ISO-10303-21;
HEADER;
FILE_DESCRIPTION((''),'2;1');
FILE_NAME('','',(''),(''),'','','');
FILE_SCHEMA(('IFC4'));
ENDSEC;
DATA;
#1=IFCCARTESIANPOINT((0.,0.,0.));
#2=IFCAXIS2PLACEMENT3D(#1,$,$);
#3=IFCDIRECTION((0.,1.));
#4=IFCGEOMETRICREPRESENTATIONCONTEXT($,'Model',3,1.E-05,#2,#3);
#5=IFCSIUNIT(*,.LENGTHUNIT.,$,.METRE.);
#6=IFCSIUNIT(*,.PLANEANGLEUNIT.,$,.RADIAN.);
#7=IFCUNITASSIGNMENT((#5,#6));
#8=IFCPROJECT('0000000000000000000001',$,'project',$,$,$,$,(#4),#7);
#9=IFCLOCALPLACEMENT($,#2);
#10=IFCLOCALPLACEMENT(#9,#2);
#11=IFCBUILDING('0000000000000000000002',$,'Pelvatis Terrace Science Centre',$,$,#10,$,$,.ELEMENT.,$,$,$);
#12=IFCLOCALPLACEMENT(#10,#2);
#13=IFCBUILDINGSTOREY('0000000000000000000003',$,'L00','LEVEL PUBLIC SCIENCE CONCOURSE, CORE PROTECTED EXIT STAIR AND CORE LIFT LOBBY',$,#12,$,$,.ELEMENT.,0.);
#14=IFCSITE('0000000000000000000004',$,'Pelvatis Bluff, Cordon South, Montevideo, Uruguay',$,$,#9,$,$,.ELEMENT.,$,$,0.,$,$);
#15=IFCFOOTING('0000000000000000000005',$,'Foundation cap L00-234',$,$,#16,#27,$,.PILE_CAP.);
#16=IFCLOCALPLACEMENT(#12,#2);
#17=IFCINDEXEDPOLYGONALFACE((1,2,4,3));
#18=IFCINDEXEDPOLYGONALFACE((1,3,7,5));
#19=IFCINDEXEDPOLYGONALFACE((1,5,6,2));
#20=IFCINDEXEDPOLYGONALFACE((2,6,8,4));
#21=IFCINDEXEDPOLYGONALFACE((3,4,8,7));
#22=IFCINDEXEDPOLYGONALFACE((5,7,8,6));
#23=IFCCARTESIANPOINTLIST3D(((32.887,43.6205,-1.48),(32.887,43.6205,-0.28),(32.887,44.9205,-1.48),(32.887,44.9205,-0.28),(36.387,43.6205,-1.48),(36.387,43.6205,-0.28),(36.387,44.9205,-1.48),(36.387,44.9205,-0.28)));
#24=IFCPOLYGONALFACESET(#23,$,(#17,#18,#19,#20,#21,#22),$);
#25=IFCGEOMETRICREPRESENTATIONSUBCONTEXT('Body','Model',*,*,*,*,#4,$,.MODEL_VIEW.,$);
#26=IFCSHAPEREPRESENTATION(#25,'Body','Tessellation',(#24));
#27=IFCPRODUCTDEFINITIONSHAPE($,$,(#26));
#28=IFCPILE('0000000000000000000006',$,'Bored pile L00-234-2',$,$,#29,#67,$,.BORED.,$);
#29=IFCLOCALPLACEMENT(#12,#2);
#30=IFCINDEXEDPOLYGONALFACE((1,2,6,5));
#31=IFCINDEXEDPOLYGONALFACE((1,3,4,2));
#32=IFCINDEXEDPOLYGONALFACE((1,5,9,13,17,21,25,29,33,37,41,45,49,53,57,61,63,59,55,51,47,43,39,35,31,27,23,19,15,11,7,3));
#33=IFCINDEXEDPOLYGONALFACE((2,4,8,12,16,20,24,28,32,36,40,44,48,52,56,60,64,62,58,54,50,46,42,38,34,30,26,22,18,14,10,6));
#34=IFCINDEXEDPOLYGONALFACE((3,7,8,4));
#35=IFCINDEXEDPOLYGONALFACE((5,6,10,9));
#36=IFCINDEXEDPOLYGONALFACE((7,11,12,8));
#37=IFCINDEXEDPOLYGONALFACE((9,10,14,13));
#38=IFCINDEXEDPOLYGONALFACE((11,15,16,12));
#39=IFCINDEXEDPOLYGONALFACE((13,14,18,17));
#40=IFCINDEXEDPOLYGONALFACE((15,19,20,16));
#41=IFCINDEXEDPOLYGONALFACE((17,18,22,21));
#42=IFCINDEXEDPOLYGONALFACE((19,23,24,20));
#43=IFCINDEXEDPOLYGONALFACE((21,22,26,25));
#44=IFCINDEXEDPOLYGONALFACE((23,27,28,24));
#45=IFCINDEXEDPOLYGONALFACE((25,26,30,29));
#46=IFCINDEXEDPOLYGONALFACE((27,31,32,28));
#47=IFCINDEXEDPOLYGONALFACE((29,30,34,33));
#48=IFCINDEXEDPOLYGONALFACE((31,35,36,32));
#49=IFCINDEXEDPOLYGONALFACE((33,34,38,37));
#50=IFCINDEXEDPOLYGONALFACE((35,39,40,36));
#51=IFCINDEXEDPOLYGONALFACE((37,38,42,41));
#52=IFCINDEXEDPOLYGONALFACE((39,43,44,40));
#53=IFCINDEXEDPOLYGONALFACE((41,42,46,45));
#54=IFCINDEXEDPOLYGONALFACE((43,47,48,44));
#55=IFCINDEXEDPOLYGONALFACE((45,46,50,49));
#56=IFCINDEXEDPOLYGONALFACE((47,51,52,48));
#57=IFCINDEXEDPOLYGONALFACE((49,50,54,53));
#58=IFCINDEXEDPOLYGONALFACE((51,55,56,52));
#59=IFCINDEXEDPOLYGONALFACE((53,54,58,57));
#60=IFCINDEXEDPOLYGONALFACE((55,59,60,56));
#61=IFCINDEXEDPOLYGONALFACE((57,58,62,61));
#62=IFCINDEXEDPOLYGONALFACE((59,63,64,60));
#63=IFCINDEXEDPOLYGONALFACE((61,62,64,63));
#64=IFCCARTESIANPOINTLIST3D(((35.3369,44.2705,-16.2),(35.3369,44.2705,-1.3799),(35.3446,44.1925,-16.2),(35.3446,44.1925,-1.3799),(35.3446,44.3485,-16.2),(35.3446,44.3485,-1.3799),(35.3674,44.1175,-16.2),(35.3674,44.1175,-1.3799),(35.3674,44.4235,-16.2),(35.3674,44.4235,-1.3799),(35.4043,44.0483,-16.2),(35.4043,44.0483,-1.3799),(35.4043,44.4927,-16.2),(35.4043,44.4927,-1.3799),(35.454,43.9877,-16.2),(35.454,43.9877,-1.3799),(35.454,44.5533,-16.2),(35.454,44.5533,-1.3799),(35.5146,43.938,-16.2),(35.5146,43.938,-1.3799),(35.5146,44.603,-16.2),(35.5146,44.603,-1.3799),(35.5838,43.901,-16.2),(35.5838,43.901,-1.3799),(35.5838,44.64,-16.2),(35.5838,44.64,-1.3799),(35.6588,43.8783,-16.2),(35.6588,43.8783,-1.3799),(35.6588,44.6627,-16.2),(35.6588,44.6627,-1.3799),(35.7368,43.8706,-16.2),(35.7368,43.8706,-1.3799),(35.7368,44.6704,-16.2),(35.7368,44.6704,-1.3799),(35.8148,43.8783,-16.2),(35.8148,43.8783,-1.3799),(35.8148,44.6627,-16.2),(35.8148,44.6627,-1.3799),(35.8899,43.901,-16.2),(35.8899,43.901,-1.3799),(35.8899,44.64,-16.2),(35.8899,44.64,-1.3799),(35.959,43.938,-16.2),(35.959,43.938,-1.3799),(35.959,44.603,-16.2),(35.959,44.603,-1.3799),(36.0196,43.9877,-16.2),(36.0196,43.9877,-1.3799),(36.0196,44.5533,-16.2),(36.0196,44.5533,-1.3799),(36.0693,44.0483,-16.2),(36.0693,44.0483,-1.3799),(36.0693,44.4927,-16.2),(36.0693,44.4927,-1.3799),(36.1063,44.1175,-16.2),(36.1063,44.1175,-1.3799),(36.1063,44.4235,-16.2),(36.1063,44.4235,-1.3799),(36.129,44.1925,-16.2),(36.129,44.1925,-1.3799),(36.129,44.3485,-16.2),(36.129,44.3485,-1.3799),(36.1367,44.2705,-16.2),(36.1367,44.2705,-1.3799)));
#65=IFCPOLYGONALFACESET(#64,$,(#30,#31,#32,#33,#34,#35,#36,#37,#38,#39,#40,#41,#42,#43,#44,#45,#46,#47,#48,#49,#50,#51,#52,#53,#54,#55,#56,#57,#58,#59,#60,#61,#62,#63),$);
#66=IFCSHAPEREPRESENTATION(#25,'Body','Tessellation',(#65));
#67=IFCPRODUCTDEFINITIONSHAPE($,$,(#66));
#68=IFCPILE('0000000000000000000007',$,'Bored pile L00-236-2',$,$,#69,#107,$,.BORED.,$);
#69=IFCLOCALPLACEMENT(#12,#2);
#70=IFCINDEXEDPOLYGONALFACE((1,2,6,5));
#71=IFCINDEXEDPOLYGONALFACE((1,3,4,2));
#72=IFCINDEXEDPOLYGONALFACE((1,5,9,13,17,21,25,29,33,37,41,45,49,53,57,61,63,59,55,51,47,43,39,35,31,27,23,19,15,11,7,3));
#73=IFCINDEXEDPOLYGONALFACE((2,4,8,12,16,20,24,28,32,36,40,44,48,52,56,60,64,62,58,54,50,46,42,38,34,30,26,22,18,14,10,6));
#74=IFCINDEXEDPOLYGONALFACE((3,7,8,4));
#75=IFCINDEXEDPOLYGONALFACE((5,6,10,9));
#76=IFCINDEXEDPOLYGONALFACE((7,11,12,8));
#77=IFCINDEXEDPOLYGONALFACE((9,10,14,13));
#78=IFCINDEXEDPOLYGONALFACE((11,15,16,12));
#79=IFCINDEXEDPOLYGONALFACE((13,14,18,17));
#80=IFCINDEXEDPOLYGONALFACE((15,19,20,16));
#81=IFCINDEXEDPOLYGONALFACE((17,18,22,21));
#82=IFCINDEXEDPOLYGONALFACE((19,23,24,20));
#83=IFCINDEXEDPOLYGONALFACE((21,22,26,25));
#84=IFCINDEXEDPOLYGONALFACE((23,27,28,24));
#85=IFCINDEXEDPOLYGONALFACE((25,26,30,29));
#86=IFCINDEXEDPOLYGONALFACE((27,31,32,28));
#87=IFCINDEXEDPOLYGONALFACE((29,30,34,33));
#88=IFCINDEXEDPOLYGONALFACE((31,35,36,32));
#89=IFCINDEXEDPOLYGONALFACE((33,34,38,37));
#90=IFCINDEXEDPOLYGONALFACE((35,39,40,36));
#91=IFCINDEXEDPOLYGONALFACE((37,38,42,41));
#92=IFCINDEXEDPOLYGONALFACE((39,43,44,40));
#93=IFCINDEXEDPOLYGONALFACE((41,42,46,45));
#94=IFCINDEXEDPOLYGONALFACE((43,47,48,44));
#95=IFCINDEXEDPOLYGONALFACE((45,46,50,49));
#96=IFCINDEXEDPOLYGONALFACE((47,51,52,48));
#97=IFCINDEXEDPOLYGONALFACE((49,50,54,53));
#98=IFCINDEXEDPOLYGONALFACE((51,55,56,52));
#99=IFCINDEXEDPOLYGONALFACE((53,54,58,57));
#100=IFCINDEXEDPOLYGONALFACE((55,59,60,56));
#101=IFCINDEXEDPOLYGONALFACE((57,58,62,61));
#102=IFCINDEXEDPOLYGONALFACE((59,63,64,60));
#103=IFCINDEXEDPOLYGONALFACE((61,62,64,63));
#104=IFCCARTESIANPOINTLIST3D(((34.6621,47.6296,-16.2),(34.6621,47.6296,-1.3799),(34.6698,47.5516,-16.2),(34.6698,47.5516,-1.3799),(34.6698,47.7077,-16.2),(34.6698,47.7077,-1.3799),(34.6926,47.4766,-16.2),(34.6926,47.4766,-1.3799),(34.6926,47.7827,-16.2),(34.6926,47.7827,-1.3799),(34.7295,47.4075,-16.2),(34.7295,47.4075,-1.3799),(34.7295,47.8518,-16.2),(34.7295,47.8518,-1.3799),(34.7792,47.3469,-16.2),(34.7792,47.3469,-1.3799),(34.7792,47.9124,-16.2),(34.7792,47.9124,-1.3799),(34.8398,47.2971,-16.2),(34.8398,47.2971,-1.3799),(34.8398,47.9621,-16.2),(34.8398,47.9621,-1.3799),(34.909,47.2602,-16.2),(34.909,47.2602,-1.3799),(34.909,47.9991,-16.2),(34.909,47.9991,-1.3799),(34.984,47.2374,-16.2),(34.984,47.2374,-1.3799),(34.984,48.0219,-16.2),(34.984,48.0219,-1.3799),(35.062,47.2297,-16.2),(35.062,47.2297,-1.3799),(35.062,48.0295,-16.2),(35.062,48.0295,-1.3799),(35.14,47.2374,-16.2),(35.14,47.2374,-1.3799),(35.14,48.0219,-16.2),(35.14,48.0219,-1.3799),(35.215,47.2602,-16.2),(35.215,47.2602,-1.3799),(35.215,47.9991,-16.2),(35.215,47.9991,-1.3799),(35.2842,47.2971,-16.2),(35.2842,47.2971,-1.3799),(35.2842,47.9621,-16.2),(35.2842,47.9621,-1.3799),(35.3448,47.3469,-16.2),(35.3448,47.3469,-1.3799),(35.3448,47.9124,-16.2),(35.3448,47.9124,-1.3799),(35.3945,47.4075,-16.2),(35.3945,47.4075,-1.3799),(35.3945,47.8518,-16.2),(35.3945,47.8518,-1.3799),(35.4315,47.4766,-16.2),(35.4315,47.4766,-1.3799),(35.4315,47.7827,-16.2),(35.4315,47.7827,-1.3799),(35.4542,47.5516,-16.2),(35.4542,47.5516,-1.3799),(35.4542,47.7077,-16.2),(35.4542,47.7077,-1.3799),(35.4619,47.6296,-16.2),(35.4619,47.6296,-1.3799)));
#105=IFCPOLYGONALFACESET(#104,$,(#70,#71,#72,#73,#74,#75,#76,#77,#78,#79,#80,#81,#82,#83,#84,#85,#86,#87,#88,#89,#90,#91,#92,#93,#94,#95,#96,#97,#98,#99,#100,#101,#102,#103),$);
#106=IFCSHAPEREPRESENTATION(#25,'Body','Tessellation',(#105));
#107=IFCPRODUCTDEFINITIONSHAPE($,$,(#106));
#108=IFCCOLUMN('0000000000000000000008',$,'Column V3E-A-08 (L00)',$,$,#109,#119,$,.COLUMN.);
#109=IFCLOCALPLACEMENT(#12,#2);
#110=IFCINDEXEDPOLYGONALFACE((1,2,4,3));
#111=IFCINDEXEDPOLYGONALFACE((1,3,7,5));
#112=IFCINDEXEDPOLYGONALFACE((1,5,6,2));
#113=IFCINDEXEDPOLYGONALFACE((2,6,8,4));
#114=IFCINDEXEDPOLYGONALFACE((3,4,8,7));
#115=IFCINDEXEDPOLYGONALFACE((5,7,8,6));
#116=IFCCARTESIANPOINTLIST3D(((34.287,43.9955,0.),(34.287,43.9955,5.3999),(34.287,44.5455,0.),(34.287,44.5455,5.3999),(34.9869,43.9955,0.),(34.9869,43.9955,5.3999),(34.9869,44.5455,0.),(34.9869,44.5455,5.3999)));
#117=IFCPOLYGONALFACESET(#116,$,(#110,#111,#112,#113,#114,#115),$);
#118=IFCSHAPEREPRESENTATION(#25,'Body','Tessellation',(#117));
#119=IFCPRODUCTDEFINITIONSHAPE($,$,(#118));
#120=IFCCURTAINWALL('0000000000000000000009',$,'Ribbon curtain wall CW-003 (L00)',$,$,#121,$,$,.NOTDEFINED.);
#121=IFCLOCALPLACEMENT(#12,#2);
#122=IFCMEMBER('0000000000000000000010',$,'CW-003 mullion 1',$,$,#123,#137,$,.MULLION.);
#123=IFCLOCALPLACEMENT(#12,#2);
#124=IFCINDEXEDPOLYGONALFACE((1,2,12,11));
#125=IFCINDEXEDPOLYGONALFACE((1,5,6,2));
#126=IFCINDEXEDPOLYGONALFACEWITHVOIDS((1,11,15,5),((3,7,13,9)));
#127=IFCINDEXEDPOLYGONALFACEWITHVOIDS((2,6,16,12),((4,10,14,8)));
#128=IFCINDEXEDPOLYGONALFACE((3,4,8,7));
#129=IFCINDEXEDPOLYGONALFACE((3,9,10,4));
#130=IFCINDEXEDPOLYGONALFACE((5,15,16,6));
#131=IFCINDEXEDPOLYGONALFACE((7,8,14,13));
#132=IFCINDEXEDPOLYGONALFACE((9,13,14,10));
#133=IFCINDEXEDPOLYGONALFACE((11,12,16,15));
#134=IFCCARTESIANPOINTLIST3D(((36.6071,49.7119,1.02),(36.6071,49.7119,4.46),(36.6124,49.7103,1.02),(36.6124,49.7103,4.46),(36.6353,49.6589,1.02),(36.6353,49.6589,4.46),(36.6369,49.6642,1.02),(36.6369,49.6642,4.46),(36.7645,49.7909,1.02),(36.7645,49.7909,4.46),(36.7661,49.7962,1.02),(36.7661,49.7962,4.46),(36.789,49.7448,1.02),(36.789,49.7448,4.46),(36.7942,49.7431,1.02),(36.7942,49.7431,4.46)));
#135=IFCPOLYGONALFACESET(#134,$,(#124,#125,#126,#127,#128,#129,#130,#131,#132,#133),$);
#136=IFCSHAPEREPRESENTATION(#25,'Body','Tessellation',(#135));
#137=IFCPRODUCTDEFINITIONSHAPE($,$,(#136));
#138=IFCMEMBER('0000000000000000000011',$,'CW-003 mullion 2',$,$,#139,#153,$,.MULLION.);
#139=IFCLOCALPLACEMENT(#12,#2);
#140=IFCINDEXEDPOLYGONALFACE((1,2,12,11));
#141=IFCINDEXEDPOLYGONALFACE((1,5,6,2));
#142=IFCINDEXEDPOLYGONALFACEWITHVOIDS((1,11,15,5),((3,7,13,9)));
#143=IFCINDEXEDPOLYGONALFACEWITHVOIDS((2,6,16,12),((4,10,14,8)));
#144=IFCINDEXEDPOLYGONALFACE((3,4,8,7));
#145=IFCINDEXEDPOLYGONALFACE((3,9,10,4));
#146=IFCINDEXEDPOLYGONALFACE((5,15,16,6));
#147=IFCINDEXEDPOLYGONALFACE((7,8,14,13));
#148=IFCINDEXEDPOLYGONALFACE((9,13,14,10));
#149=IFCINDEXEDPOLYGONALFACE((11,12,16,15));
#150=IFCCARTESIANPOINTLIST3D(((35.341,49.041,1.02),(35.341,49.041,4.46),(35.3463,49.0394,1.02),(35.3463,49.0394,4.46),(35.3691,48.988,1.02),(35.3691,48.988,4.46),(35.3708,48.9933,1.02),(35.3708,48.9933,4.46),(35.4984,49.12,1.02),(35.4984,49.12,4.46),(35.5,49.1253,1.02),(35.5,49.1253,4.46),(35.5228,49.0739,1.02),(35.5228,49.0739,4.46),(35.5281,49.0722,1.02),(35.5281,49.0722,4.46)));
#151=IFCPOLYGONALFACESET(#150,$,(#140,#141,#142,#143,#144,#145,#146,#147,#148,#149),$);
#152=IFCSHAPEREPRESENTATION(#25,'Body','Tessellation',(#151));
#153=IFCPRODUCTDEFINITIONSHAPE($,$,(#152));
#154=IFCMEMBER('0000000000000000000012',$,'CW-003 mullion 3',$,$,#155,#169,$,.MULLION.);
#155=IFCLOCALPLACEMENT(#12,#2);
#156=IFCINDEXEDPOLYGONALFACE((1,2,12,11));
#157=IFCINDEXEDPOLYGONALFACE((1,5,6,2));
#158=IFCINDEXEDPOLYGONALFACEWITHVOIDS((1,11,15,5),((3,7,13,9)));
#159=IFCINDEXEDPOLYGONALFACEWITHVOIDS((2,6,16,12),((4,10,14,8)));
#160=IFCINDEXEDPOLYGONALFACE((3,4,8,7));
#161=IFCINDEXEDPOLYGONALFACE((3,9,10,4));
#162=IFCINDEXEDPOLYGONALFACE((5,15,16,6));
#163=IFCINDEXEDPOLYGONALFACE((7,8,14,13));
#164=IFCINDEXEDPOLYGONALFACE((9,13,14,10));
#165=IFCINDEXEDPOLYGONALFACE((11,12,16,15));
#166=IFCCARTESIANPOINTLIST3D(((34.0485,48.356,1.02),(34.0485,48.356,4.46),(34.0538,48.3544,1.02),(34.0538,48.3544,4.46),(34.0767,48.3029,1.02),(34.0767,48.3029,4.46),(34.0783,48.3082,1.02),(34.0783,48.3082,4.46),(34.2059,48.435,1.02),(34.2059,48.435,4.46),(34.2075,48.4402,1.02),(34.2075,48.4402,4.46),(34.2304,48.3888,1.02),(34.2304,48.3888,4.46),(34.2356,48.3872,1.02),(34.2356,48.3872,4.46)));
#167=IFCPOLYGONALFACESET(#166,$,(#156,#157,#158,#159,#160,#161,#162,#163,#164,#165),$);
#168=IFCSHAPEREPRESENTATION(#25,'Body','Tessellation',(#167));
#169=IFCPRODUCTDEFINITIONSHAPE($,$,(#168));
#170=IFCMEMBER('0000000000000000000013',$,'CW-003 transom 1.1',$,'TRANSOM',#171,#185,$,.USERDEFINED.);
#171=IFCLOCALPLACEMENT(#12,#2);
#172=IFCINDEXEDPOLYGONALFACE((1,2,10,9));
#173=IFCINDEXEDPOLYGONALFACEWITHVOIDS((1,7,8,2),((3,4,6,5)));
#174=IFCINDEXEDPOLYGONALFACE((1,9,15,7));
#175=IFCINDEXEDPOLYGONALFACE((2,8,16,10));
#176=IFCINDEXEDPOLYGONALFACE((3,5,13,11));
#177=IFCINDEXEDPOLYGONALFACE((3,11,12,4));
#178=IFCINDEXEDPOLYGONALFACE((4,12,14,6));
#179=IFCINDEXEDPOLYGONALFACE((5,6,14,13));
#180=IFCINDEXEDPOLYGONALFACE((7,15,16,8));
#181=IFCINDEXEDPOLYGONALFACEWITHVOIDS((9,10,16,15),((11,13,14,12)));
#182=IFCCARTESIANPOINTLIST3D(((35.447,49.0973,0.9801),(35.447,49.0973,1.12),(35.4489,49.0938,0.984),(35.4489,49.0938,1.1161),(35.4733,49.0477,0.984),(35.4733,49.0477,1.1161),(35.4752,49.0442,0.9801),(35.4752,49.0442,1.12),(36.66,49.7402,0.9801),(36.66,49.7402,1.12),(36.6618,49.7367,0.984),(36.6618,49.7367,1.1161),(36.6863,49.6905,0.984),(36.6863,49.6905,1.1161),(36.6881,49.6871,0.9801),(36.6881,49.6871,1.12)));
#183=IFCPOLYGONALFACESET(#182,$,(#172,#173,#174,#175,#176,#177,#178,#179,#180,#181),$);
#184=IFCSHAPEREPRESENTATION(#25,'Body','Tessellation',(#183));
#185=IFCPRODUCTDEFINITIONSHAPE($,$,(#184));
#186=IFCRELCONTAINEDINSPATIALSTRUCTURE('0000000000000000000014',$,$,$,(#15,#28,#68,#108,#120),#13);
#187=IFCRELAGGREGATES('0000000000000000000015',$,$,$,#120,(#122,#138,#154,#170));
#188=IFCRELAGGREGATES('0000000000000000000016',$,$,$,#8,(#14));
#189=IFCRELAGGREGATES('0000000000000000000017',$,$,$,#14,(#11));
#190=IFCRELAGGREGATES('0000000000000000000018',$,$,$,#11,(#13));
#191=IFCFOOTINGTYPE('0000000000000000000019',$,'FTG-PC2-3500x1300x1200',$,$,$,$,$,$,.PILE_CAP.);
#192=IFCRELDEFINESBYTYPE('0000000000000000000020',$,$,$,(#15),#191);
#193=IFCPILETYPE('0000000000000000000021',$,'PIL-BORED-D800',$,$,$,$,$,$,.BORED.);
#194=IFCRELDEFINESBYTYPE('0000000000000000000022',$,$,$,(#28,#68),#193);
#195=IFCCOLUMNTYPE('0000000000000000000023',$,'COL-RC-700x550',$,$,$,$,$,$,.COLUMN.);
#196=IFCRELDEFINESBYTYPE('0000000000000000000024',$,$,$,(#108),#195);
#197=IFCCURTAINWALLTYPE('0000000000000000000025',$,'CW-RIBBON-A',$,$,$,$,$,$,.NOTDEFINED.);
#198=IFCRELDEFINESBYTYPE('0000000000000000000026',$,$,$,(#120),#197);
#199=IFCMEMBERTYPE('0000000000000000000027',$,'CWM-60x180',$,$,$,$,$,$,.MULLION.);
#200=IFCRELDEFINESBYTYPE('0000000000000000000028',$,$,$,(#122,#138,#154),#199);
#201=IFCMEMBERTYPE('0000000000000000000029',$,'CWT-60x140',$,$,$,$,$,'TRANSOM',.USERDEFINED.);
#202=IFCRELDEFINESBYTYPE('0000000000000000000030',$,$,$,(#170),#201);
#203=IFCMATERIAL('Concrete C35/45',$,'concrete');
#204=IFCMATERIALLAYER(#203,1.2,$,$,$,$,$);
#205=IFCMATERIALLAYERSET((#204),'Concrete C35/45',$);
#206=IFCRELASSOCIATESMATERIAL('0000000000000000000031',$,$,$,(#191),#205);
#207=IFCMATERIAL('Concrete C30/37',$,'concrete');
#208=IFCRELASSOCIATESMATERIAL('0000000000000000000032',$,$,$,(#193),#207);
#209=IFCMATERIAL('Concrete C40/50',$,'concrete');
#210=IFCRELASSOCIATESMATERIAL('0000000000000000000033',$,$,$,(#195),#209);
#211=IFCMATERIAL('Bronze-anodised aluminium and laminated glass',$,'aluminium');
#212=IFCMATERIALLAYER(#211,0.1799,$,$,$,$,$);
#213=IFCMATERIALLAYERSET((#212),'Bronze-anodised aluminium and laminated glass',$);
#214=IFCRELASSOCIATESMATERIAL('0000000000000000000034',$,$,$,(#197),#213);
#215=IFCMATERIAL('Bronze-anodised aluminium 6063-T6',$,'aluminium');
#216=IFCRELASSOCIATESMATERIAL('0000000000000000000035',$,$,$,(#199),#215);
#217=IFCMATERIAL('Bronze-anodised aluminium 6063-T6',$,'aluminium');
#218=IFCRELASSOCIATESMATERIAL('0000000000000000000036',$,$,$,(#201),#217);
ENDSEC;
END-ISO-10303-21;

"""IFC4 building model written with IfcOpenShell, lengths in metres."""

from ifc_helpers import new_model, si_unit, direction, frame, origin, origin_2d, place, context, subcontext, project, spatial, rectangle, hollow_rectangle, circle, extrude, material, layer, layer_set, material_profile, profile_set, type_object, element, aggregate, save


model = new_model("IFC4")

# Units and contexts
model_context = context("Model", 3, precision=1e-05, world=origin(), true_north=direction((0.0, 1.0)))
body_context = subcontext(model_context, "Body", "Model", "MODEL_VIEW")
ifc_project = project(units=[si_unit("LENGTHUNIT", "METRE"), si_unit("PLANEANGLEUNIT", "RADIAN")], contexts=[model_context])

# Site, building, storey
site_placement = place(None, origin())
site = spatial("IfcSite", under=ifc_project, at=site_placement, Name="Pelvatis Bluff, Cordon South, Montevideo, Uruguay", CompositionType="ELEMENT", RefElevation=0.0)
building_placement = place(site_placement, origin())
building = spatial("IfcBuilding", under=site, at=building_placement, Name="Pelvatis Terrace Science Centre", CompositionType="ELEMENT")
storey_placement = place(building_placement, origin())
storey = spatial("IfcBuildingStorey", under=building, at=storey_placement, Name="L00", Description="LEVEL PUBLIC SCIENCE CONCOURSE, CORE PROTECTED EXIT STAIR AND CORE LIFT LOBBY", CompositionType="ELEMENT", Elevation=0.0)

# Footing
ifc_material_1 = material(Name="Concrete C35/45", Category="concrete")
ifc_layer_1 = layer(ifc_material_1, 1.2)
ifc_layer_set_1 = layer_set([ifc_layer_1], Name="Concrete C35/45")
footing_type = type_object("IfcFootingType", Name="FTG-PC2-3500x1300x1200", PredefinedType="PILE_CAP", material=ifc_layer_set_1)
footing_placement = place(storey_placement, frame((34.637, 44.2705, -1.48), z_axis=(0.0, 0.0, 1.0), x_axis=(1.0, 0.0, 0.0)))
element("IfcFooting", 1, at=footing_placement, inside=storey, type_object=footing_type, Name="Foundation cap L00-234", PredefinedType="PILE_CAP", context=body_context, shape_type="SweptSolid", body=[
    extrude(rectangle(XDim=3.5, YDim=1.3, at=origin_2d()), origin(), (0.0, 0.0, 1.0), 1.2),
])

# Piles
ifc_material_2 = material(Name="Concrete C30/37", Category="concrete")
ifc_material_profile_1 = material_profile(ifc_material_2, circle(Radius=0.3999, at=origin_2d()), Name="PILE D800")
ifc_profile_set_1 = profile_set([ifc_material_profile_1], Name="Concrete C30/37")
pile_type = type_object("IfcPileType", Name="PIL-BORED-D800", PredefinedType="BORED", material=ifc_profile_set_1)
for number, where, z_axis, x_axis, name in (
    (2, (35.7368, 44.2705, -1.3799), (0.0, 0.0, -1.0), (1.0, 0.0, 0.0), "Bored pile L00-234-2"),
    (3, (35.062, 47.6296, -1.3799), (0.0, 0.0, -1.0), (1.0, 0.0, 0.0), "Bored pile L00-236-2"),
):
    element("IfcPile", number, at=place(storey_placement, frame(where, z_axis=z_axis, x_axis=x_axis)), inside=storey, type_object=pile_type, Name=name, PredefinedType="BORED", context=body_context, shape_type="SweptSolid", body=[
        extrude(circle(Radius=0.3999, at=origin_2d()), origin(), (0.0, 0.0, 1.0), 14.8201),
    ])

# Column
ifc_material_3 = material(Name="Concrete C40/50", Category="concrete")
ifc_material_profile_2 = material_profile(ifc_material_3, rectangle(XDim=0.7, YDim=0.55, at=origin_2d()), Name="RC-COL 700x550")
ifc_profile_set_2 = profile_set([ifc_material_profile_2], Name="Concrete C40/50")
column_type = type_object("IfcColumnType", Name="COL-RC-700x550", PredefinedType="COLUMN", material=ifc_profile_set_2)
column_placement = place(storey_placement, frame((34.637, 44.2705, 0.0), z_axis=(0.0, 0.0, 1.0), x_axis=(1.0, 0.0, 0.0)))
element("IfcColumn", 4, at=column_placement, inside=storey, type_object=column_type, Name="Column V3E-A-08 (L00)", PredefinedType="COLUMN", context=body_context, shape_type="SweptSolid", body=[
    extrude(rectangle(XDim=0.7, YDim=0.55, at=origin_2d()), origin(), (0.0, 0.0, 1.0), 5.3999),
])

# Curtain wall, members
ifc_material_4 = material(Name="Bronze-anodised aluminium and laminated glass", Category="aluminium")
ifc_layer_2 = layer(ifc_material_4, 0.1799)
ifc_layer_set_2 = layer_set([ifc_layer_2], Name="Bronze-anodised aluminium and laminated glass")
curtain_wall_type = type_object("IfcCurtainWallType", Name="CW-RIBBON-A", PredefinedType="NOTDEFINED", material=ifc_layer_set_2)
curtain_wall_placement = place(storey_placement, origin())
curtain_wall = element("IfcCurtainWall", 5, at=curtain_wall_placement, inside=storey, type_object=curtain_wall_type, Name="Ribbon curtain wall CW-003 (L00)", PredefinedType="NOTDEFINED")
ifc_material_5 = material(Name="Bronze-anodised aluminium 6063-T6", Category="aluminium")
ifc_material_profile_3 = material_profile(ifc_material_5, hollow_rectangle(XDim=0.0601, YDim=0.1799, WallThickness=0.0039, at=origin_2d()), Name="ALU-MUL 60x180")
ifc_profile_set_3 = profile_set([ifc_material_profile_3], Name="Bronze-anodised aluminium 6063-T6")
member_type_1 = type_object("IfcMemberType", Name="CWM-60x180", PredefinedType="MULLION", material=ifc_profile_set_3)
member_1_placement = place(storey_placement, frame((36.7007, 49.7275, 1.02), z_axis=(0.0, 0.0, 1.0), x_axis=(0.468298, -0.883571, 0.0)))
member_1 = element("IfcMember", 6, at=member_1_placement, type_object=member_type_1, Name="CW-003 mullion 1", PredefinedType="MULLION", context=body_context, shape_type="SweptSolid", body=[
    extrude(hollow_rectangle(XDim=0.0601, YDim=0.1799, WallThickness=0.0039, at=origin_2d()), origin(), (0.0, 0.0, 1.0), 3.4399),
])
member_2_placement = place(storey_placement, frame((35.4346, 49.0566, 1.02), z_axis=(0.0, 0.0, 1.0), x_axis=(0.468298, -0.883571, 0.0)))
member_2 = element("IfcMember", 7, at=member_2_placement, type_object=member_type_1, Name="CW-003 mullion 2", PredefinedType="MULLION", context=body_context, shape_type="SweptSolid", body=[
    extrude(hollow_rectangle(XDim=0.0601, YDim=0.1799, WallThickness=0.0039, at=origin_2d()), origin(), (0.0, 0.0, 1.0), 3.4399),
])
member_3_placement = place(storey_placement, frame((34.1421, 48.3716, 1.02), z_axis=(0.0, 0.0, 1.0), x_axis=(0.468298, -0.883571, 0.0)))
member_3 = element("IfcMember", 8, at=member_3_placement, type_object=member_type_1, Name="CW-003 mullion 3", PredefinedType="MULLION", context=body_context, shape_type="SweptSolid", body=[
    extrude(hollow_rectangle(XDim=0.0601, YDim=0.1799, WallThickness=0.0039, at=origin_2d()), origin(), (0.0, 0.0, 1.0), 3.4399),
])
ifc_material_6 = material(Name="Bronze-anodised aluminium 6063-T6", Category="aluminium")
ifc_material_profile_4 = material_profile(ifc_material_6, hollow_rectangle(XDim=0.0601, YDim=0.1399, WallThickness=0.0039, at=origin_2d()), Name="ALU-TRN 60x140")
ifc_profile_set_4 = profile_set([ifc_material_profile_4], Name="Bronze-anodised aluminium 6063-T6")
member_type_2 = type_object("IfcMemberType", Name="CWT-60x140", ElementType="TRANSOM", PredefinedType="USERDEFINED", material=ifc_profile_set_4)
member_4_placement = place(storey_placement, frame((36.6741, 49.7136, 1.05), z_axis=(-0.883576, -0.468288, 0.0), x_axis=(0.468288, -0.883576, 0.0)))
member_4 = element("IfcMember", 9, at=member_4_placement, type_object=member_type_2, Name="CW-003 transom 1.1", ObjectType="TRANSOM", PredefinedType="USERDEFINED", context=body_context, shape_type="SweptSolid", body=[
    extrude(hollow_rectangle(XDim=0.0601, YDim=0.1399, WallThickness=0.0039, at=origin_2d()), origin(), (0.0, 0.0, 1.0), 1.3728),
])

aggregate(curtain_wall, [member_1, member_2, member_3, member_4])

save(model, "model.ifc")
